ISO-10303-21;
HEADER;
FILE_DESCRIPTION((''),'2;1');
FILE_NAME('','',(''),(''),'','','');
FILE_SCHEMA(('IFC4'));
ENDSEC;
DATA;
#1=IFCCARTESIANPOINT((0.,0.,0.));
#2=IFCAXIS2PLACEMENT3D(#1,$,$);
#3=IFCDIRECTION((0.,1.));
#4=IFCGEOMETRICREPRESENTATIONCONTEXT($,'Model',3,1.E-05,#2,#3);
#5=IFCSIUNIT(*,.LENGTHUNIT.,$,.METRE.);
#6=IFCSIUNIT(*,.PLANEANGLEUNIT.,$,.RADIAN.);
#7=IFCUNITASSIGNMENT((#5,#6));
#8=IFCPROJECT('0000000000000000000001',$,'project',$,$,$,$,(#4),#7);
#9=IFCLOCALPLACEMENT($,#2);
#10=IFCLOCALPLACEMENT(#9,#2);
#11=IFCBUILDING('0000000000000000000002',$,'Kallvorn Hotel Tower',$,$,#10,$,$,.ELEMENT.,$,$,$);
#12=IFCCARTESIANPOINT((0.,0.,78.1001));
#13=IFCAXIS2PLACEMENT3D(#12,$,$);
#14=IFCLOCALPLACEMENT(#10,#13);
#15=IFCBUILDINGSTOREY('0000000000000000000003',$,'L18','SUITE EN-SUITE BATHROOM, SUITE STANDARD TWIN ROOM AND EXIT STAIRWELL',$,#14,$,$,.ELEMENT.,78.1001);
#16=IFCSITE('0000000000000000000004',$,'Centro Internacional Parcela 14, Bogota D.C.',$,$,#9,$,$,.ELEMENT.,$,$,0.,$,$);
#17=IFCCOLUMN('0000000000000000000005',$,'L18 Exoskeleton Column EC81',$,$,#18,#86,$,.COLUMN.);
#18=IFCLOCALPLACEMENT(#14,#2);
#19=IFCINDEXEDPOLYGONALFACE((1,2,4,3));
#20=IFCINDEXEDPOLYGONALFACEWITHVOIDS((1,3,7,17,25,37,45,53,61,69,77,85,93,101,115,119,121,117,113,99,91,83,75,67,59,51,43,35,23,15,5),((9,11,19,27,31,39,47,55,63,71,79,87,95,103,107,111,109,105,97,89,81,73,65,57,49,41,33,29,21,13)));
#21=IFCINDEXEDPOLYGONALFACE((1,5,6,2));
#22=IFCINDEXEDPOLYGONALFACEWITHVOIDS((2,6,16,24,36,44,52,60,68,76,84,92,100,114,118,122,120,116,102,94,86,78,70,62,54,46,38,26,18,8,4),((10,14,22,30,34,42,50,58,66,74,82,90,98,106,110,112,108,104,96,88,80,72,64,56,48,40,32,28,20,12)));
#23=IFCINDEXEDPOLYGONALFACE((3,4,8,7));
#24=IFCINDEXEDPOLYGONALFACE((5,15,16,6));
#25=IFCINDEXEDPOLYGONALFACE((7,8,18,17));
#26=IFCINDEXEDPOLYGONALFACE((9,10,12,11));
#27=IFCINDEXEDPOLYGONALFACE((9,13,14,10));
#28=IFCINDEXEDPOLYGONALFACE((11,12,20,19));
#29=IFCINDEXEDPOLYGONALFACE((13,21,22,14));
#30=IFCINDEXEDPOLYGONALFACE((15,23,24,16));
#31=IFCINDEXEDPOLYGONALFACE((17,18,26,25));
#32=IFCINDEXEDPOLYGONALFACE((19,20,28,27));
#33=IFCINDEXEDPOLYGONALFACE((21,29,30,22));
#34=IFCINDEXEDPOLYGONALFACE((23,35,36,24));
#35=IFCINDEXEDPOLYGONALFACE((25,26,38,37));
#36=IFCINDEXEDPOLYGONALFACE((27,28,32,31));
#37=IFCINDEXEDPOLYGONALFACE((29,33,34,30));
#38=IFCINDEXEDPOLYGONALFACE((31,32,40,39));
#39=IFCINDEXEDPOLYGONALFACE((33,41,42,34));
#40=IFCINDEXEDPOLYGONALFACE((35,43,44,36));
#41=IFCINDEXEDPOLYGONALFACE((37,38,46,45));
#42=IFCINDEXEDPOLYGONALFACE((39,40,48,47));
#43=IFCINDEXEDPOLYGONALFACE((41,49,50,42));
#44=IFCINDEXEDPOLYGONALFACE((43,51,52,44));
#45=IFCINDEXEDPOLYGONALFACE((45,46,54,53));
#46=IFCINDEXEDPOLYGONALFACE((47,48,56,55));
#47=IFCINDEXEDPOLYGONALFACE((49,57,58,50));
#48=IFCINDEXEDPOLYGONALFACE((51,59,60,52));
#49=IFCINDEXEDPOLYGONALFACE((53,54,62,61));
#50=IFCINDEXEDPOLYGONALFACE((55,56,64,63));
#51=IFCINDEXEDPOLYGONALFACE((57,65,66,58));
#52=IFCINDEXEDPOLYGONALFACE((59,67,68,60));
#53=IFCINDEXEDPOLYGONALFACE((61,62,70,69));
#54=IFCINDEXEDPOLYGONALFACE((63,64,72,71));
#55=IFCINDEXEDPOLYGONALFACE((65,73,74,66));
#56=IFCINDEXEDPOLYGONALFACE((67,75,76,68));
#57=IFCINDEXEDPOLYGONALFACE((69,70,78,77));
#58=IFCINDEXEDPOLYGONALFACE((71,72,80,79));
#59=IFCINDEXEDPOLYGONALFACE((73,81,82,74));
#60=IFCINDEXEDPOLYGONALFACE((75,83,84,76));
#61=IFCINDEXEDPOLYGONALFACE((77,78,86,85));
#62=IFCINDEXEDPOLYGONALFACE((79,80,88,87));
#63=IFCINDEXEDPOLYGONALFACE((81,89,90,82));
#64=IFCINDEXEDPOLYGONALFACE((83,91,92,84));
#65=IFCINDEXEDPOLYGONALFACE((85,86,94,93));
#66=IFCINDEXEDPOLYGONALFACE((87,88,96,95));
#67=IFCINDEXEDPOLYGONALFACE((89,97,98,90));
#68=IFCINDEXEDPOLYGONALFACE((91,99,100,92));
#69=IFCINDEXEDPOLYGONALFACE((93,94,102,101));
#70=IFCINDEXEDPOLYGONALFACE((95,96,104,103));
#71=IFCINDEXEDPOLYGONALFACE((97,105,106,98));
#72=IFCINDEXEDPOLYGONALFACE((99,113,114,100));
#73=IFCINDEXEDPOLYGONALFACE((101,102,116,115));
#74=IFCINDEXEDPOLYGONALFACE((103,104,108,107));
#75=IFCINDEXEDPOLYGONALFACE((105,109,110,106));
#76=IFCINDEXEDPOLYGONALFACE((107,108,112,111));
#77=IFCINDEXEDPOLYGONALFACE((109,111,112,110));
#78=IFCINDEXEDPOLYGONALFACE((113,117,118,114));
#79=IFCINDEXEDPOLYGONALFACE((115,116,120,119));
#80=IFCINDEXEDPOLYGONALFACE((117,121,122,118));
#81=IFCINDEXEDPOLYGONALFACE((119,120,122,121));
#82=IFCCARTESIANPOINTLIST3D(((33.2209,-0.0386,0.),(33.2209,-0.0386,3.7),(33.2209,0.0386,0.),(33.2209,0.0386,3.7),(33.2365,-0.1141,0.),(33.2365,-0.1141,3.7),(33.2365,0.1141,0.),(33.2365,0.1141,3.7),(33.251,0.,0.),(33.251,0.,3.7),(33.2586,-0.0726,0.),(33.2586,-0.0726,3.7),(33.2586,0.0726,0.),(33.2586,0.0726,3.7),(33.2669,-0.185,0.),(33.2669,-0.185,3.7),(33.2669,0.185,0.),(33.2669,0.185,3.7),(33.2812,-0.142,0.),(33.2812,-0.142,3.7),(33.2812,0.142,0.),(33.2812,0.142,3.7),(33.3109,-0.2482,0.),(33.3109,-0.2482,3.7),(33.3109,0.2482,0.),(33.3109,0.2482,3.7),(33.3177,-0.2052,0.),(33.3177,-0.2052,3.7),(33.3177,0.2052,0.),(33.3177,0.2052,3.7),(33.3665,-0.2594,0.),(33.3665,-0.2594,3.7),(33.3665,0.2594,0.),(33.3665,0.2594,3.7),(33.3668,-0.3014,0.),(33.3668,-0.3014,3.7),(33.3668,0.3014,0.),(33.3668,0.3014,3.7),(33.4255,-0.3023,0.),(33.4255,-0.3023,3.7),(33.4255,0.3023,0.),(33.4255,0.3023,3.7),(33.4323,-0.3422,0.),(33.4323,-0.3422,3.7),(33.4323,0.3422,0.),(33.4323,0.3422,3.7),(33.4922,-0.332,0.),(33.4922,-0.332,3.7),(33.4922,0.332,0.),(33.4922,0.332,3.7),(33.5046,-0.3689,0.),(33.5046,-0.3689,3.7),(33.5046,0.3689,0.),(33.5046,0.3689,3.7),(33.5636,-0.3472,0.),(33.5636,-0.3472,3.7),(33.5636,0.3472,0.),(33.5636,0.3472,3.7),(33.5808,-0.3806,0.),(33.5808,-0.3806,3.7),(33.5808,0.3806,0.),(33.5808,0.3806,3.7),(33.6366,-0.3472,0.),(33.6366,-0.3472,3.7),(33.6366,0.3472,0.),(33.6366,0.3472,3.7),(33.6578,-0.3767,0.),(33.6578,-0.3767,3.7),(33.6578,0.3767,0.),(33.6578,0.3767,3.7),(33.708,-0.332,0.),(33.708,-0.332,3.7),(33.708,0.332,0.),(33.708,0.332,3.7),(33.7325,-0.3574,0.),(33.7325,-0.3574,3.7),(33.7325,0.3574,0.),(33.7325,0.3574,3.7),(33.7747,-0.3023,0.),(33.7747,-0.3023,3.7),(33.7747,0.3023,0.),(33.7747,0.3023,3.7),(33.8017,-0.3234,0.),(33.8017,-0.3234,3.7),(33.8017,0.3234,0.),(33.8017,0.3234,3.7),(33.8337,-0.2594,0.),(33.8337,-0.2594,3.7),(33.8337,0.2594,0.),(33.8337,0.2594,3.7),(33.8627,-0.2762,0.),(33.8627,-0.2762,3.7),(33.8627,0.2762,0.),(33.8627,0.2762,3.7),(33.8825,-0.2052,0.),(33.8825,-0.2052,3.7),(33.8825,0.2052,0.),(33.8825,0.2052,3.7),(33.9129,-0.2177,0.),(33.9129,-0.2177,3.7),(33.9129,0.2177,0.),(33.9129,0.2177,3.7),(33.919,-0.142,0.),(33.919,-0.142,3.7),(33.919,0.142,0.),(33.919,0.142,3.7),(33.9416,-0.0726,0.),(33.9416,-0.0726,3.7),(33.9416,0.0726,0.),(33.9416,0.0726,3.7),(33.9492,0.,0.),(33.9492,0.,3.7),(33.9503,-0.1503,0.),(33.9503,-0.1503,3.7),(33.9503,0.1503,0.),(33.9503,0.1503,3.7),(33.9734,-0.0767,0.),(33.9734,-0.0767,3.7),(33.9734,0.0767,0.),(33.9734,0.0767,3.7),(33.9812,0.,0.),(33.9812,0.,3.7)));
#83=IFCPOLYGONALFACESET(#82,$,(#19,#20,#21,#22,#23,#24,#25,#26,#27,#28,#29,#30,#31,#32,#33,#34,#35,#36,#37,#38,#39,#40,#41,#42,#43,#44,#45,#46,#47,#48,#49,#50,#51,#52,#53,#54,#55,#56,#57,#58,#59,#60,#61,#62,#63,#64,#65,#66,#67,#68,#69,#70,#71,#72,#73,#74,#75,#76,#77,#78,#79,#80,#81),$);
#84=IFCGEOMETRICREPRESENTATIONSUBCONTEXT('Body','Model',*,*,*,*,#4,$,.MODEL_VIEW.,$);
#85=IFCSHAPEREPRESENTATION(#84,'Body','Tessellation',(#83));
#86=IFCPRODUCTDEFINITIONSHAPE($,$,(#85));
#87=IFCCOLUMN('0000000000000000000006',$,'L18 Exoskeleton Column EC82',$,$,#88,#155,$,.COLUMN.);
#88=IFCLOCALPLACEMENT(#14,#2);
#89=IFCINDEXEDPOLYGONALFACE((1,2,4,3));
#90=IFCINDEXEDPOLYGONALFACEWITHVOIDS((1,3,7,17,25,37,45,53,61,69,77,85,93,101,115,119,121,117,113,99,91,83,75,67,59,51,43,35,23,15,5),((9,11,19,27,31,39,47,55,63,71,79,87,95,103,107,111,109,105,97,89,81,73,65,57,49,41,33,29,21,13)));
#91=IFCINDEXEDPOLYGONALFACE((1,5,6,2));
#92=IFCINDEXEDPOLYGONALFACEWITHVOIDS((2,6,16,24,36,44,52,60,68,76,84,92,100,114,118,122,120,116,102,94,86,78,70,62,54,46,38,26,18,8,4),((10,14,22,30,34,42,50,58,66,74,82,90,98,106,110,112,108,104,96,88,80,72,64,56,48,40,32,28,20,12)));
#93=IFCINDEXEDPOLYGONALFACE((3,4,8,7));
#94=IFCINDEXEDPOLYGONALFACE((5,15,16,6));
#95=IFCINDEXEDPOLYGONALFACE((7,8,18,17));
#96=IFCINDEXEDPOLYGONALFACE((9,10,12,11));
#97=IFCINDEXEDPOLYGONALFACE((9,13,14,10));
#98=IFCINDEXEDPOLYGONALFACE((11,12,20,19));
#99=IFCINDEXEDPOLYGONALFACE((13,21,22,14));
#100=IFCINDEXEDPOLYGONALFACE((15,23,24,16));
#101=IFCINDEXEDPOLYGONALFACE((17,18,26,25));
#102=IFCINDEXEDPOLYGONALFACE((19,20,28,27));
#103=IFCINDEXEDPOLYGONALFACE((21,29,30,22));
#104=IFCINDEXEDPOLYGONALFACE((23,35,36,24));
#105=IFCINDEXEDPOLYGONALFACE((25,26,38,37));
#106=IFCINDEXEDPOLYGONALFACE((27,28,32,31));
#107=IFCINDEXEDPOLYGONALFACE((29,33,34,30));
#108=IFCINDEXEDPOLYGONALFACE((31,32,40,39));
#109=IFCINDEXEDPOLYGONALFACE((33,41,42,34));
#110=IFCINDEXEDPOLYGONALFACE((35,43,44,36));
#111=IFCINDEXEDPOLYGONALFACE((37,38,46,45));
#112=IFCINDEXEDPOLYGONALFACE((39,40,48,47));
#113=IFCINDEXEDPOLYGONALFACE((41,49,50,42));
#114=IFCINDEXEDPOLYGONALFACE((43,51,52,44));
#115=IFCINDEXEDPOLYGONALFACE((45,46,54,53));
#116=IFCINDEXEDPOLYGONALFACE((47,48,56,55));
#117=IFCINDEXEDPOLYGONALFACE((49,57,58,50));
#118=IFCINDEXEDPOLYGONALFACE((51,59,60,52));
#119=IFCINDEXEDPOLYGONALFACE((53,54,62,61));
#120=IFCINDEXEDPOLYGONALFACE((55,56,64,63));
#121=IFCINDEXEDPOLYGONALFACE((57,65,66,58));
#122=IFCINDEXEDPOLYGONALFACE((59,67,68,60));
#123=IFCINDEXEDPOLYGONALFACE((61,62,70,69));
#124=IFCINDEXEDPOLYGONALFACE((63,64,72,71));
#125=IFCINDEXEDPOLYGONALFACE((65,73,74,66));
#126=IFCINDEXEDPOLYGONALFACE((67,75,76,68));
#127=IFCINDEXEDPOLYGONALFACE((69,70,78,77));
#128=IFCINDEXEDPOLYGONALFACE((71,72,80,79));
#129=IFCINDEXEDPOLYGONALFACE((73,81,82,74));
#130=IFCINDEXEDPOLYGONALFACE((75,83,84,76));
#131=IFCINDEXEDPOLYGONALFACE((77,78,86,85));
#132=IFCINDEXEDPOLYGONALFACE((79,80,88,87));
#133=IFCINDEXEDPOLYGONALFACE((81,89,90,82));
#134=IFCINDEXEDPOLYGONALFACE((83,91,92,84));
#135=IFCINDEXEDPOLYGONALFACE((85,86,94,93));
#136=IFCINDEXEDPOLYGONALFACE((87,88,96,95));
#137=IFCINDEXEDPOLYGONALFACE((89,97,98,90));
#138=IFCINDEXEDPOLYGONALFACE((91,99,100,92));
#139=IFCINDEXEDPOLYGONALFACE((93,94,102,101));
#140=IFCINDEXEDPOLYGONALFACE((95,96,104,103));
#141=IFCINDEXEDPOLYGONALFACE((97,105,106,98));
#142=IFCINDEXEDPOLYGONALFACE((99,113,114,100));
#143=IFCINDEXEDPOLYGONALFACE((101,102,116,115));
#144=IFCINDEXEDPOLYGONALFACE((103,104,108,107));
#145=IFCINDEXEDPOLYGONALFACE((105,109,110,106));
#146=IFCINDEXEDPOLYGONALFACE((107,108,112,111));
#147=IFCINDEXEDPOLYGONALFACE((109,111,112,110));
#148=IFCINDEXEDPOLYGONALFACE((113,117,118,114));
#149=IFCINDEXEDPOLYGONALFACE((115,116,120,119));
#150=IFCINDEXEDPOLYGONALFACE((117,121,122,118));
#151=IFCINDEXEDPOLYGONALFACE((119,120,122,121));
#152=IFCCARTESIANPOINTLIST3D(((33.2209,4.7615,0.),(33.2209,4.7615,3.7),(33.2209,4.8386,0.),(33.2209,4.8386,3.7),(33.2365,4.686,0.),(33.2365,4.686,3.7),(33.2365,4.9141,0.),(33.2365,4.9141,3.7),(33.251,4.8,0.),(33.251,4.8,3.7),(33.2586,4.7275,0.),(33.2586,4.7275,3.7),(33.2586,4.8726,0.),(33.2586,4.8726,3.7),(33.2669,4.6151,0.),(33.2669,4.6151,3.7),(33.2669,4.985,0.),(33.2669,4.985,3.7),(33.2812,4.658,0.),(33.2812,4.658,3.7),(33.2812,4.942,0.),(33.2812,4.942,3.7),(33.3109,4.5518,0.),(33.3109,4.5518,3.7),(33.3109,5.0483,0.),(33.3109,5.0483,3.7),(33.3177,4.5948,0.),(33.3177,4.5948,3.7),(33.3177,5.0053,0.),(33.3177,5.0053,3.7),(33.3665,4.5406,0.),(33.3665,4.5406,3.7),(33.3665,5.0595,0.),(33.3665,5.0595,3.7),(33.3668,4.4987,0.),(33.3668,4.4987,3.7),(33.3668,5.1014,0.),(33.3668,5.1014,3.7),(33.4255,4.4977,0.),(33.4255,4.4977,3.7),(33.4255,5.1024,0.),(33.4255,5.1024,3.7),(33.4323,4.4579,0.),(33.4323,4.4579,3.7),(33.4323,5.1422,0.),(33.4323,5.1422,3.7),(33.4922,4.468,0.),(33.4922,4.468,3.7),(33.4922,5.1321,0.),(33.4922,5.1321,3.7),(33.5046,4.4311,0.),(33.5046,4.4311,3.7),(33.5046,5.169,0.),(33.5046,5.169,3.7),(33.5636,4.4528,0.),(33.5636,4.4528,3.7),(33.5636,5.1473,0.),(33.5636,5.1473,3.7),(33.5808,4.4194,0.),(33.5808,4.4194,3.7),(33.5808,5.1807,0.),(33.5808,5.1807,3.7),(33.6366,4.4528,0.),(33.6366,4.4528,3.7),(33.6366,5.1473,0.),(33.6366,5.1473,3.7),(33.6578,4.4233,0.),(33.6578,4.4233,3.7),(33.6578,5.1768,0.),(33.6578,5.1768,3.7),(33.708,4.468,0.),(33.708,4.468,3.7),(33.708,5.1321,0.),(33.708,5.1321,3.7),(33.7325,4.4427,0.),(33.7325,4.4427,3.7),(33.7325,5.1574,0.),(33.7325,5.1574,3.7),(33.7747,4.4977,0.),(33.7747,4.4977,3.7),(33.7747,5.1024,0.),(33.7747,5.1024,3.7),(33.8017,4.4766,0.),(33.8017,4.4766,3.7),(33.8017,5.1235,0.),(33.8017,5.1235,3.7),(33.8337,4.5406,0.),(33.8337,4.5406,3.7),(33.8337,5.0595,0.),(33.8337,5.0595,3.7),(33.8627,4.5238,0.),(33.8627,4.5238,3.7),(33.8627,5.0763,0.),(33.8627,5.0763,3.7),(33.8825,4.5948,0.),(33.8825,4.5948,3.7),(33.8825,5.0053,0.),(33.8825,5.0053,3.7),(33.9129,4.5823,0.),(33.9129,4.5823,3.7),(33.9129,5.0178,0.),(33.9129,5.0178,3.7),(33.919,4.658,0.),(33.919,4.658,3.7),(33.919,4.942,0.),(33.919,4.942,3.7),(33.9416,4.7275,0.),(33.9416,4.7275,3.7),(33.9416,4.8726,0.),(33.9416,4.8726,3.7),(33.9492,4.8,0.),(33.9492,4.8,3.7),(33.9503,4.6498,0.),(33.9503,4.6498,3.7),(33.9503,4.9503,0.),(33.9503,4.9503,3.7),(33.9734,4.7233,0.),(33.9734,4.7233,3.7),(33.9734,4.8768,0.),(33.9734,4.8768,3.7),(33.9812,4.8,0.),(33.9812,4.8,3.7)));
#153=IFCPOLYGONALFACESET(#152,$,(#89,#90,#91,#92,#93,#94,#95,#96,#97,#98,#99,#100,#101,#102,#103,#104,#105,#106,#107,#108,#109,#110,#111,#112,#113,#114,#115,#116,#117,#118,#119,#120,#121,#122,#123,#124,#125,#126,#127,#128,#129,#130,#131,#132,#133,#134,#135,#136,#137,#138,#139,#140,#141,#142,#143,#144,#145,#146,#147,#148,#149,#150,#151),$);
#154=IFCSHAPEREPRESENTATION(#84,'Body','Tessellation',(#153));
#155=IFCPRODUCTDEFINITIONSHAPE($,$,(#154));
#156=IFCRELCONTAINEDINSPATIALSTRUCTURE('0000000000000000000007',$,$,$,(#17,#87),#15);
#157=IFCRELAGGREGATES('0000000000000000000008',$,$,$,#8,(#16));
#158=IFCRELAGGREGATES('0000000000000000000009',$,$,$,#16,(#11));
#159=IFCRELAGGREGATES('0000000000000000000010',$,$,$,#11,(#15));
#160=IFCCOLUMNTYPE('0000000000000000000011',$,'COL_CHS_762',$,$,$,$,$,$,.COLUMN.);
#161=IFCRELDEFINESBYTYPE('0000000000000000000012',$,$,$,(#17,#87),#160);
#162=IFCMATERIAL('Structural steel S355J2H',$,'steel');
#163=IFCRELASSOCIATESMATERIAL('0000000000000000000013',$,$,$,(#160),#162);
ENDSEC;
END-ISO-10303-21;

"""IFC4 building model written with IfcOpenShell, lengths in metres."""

from ifc_helpers import new_model, si_unit, direction, frame, origin, origin_2d, place, context, subcontext, project, spatial, hollow_circle, extrude, material, material_profile, profile_set, type_object, element, save


model = new_model("IFC4")

# Units and contexts
model_context = context("Model", 3, precision=1e-05, world=origin(), true_north=direction((0.0, 1.0)))
body_context = subcontext(model_context, "Body", "Model", "MODEL_VIEW")
ifc_project = project(units=[si_unit("LENGTHUNIT", "METRE"), si_unit("PLANEANGLEUNIT", "RADIAN")], contexts=[model_context])

# Site, building, storey
site_placement = place(None, origin())
site = spatial("IfcSite", under=ifc_project, at=site_placement, Name="Centro Internacional Parcela 14, Bogota D.C.", CompositionType="ELEMENT", RefElevation=0.0)
building_placement = place(site_placement, origin())
building = spatial("IfcBuilding", under=site, at=building_placement, Name="Kallvorn Hotel Tower", CompositionType="ELEMENT")
storey_placement = place(building_placement, frame((0.0, 0.0, 78.1001)))
storey = spatial("IfcBuildingStorey", under=building, at=storey_placement, Name="L18", Description="SUITE EN-SUITE BATHROOM, SUITE STANDARD TWIN ROOM AND EXIT STAIRWELL", CompositionType="ELEMENT", Elevation=78.1001)

# Columns
ifc_material_1 = material(Name="Structural steel S355J2H", Category="steel")
ifc_material_profile_1 = material_profile(ifc_material_1, hollow_circle(Radius=0.3811, WallThickness=0.032, at=origin_2d()), Name="CHS 762x32")
ifc_profile_set_1 = profile_set([ifc_material_profile_1], Name="Structural steel S355J2H")
column_type_1 = type_object("IfcColumnType", Name="COL_CHS_762", PredefinedType="COLUMN", material=ifc_profile_set_1)
for number, where, z_axis, x_axis, name in (
    (1, (33.6001, 0.0, 0.0), (0.0, 0.0, 1.0), (1.0, 0.0, 0.0), "L18 Exoskeleton Column EC81"),
    (2, (33.6001, 4.8, 0.0), (0.0, 0.0, 1.0), (1.0, 0.0, 0.0), "L18 Exoskeleton Column EC82"),
):
    element("IfcColumn", number, at=place(storey_placement, frame(where, z_axis=z_axis, x_axis=x_axis)), inside=storey, type_object=column_type_1, Name=name, PredefinedType="COLUMN", context=body_context, shape_type="SweptSolid", body=[
        extrude(hollow_circle(Radius=0.3811, WallThickness=0.032, at=origin_2d()), origin(), (0.0, 0.0, 1.0), 3.7),
    ])

save(model, "model.ifc")
